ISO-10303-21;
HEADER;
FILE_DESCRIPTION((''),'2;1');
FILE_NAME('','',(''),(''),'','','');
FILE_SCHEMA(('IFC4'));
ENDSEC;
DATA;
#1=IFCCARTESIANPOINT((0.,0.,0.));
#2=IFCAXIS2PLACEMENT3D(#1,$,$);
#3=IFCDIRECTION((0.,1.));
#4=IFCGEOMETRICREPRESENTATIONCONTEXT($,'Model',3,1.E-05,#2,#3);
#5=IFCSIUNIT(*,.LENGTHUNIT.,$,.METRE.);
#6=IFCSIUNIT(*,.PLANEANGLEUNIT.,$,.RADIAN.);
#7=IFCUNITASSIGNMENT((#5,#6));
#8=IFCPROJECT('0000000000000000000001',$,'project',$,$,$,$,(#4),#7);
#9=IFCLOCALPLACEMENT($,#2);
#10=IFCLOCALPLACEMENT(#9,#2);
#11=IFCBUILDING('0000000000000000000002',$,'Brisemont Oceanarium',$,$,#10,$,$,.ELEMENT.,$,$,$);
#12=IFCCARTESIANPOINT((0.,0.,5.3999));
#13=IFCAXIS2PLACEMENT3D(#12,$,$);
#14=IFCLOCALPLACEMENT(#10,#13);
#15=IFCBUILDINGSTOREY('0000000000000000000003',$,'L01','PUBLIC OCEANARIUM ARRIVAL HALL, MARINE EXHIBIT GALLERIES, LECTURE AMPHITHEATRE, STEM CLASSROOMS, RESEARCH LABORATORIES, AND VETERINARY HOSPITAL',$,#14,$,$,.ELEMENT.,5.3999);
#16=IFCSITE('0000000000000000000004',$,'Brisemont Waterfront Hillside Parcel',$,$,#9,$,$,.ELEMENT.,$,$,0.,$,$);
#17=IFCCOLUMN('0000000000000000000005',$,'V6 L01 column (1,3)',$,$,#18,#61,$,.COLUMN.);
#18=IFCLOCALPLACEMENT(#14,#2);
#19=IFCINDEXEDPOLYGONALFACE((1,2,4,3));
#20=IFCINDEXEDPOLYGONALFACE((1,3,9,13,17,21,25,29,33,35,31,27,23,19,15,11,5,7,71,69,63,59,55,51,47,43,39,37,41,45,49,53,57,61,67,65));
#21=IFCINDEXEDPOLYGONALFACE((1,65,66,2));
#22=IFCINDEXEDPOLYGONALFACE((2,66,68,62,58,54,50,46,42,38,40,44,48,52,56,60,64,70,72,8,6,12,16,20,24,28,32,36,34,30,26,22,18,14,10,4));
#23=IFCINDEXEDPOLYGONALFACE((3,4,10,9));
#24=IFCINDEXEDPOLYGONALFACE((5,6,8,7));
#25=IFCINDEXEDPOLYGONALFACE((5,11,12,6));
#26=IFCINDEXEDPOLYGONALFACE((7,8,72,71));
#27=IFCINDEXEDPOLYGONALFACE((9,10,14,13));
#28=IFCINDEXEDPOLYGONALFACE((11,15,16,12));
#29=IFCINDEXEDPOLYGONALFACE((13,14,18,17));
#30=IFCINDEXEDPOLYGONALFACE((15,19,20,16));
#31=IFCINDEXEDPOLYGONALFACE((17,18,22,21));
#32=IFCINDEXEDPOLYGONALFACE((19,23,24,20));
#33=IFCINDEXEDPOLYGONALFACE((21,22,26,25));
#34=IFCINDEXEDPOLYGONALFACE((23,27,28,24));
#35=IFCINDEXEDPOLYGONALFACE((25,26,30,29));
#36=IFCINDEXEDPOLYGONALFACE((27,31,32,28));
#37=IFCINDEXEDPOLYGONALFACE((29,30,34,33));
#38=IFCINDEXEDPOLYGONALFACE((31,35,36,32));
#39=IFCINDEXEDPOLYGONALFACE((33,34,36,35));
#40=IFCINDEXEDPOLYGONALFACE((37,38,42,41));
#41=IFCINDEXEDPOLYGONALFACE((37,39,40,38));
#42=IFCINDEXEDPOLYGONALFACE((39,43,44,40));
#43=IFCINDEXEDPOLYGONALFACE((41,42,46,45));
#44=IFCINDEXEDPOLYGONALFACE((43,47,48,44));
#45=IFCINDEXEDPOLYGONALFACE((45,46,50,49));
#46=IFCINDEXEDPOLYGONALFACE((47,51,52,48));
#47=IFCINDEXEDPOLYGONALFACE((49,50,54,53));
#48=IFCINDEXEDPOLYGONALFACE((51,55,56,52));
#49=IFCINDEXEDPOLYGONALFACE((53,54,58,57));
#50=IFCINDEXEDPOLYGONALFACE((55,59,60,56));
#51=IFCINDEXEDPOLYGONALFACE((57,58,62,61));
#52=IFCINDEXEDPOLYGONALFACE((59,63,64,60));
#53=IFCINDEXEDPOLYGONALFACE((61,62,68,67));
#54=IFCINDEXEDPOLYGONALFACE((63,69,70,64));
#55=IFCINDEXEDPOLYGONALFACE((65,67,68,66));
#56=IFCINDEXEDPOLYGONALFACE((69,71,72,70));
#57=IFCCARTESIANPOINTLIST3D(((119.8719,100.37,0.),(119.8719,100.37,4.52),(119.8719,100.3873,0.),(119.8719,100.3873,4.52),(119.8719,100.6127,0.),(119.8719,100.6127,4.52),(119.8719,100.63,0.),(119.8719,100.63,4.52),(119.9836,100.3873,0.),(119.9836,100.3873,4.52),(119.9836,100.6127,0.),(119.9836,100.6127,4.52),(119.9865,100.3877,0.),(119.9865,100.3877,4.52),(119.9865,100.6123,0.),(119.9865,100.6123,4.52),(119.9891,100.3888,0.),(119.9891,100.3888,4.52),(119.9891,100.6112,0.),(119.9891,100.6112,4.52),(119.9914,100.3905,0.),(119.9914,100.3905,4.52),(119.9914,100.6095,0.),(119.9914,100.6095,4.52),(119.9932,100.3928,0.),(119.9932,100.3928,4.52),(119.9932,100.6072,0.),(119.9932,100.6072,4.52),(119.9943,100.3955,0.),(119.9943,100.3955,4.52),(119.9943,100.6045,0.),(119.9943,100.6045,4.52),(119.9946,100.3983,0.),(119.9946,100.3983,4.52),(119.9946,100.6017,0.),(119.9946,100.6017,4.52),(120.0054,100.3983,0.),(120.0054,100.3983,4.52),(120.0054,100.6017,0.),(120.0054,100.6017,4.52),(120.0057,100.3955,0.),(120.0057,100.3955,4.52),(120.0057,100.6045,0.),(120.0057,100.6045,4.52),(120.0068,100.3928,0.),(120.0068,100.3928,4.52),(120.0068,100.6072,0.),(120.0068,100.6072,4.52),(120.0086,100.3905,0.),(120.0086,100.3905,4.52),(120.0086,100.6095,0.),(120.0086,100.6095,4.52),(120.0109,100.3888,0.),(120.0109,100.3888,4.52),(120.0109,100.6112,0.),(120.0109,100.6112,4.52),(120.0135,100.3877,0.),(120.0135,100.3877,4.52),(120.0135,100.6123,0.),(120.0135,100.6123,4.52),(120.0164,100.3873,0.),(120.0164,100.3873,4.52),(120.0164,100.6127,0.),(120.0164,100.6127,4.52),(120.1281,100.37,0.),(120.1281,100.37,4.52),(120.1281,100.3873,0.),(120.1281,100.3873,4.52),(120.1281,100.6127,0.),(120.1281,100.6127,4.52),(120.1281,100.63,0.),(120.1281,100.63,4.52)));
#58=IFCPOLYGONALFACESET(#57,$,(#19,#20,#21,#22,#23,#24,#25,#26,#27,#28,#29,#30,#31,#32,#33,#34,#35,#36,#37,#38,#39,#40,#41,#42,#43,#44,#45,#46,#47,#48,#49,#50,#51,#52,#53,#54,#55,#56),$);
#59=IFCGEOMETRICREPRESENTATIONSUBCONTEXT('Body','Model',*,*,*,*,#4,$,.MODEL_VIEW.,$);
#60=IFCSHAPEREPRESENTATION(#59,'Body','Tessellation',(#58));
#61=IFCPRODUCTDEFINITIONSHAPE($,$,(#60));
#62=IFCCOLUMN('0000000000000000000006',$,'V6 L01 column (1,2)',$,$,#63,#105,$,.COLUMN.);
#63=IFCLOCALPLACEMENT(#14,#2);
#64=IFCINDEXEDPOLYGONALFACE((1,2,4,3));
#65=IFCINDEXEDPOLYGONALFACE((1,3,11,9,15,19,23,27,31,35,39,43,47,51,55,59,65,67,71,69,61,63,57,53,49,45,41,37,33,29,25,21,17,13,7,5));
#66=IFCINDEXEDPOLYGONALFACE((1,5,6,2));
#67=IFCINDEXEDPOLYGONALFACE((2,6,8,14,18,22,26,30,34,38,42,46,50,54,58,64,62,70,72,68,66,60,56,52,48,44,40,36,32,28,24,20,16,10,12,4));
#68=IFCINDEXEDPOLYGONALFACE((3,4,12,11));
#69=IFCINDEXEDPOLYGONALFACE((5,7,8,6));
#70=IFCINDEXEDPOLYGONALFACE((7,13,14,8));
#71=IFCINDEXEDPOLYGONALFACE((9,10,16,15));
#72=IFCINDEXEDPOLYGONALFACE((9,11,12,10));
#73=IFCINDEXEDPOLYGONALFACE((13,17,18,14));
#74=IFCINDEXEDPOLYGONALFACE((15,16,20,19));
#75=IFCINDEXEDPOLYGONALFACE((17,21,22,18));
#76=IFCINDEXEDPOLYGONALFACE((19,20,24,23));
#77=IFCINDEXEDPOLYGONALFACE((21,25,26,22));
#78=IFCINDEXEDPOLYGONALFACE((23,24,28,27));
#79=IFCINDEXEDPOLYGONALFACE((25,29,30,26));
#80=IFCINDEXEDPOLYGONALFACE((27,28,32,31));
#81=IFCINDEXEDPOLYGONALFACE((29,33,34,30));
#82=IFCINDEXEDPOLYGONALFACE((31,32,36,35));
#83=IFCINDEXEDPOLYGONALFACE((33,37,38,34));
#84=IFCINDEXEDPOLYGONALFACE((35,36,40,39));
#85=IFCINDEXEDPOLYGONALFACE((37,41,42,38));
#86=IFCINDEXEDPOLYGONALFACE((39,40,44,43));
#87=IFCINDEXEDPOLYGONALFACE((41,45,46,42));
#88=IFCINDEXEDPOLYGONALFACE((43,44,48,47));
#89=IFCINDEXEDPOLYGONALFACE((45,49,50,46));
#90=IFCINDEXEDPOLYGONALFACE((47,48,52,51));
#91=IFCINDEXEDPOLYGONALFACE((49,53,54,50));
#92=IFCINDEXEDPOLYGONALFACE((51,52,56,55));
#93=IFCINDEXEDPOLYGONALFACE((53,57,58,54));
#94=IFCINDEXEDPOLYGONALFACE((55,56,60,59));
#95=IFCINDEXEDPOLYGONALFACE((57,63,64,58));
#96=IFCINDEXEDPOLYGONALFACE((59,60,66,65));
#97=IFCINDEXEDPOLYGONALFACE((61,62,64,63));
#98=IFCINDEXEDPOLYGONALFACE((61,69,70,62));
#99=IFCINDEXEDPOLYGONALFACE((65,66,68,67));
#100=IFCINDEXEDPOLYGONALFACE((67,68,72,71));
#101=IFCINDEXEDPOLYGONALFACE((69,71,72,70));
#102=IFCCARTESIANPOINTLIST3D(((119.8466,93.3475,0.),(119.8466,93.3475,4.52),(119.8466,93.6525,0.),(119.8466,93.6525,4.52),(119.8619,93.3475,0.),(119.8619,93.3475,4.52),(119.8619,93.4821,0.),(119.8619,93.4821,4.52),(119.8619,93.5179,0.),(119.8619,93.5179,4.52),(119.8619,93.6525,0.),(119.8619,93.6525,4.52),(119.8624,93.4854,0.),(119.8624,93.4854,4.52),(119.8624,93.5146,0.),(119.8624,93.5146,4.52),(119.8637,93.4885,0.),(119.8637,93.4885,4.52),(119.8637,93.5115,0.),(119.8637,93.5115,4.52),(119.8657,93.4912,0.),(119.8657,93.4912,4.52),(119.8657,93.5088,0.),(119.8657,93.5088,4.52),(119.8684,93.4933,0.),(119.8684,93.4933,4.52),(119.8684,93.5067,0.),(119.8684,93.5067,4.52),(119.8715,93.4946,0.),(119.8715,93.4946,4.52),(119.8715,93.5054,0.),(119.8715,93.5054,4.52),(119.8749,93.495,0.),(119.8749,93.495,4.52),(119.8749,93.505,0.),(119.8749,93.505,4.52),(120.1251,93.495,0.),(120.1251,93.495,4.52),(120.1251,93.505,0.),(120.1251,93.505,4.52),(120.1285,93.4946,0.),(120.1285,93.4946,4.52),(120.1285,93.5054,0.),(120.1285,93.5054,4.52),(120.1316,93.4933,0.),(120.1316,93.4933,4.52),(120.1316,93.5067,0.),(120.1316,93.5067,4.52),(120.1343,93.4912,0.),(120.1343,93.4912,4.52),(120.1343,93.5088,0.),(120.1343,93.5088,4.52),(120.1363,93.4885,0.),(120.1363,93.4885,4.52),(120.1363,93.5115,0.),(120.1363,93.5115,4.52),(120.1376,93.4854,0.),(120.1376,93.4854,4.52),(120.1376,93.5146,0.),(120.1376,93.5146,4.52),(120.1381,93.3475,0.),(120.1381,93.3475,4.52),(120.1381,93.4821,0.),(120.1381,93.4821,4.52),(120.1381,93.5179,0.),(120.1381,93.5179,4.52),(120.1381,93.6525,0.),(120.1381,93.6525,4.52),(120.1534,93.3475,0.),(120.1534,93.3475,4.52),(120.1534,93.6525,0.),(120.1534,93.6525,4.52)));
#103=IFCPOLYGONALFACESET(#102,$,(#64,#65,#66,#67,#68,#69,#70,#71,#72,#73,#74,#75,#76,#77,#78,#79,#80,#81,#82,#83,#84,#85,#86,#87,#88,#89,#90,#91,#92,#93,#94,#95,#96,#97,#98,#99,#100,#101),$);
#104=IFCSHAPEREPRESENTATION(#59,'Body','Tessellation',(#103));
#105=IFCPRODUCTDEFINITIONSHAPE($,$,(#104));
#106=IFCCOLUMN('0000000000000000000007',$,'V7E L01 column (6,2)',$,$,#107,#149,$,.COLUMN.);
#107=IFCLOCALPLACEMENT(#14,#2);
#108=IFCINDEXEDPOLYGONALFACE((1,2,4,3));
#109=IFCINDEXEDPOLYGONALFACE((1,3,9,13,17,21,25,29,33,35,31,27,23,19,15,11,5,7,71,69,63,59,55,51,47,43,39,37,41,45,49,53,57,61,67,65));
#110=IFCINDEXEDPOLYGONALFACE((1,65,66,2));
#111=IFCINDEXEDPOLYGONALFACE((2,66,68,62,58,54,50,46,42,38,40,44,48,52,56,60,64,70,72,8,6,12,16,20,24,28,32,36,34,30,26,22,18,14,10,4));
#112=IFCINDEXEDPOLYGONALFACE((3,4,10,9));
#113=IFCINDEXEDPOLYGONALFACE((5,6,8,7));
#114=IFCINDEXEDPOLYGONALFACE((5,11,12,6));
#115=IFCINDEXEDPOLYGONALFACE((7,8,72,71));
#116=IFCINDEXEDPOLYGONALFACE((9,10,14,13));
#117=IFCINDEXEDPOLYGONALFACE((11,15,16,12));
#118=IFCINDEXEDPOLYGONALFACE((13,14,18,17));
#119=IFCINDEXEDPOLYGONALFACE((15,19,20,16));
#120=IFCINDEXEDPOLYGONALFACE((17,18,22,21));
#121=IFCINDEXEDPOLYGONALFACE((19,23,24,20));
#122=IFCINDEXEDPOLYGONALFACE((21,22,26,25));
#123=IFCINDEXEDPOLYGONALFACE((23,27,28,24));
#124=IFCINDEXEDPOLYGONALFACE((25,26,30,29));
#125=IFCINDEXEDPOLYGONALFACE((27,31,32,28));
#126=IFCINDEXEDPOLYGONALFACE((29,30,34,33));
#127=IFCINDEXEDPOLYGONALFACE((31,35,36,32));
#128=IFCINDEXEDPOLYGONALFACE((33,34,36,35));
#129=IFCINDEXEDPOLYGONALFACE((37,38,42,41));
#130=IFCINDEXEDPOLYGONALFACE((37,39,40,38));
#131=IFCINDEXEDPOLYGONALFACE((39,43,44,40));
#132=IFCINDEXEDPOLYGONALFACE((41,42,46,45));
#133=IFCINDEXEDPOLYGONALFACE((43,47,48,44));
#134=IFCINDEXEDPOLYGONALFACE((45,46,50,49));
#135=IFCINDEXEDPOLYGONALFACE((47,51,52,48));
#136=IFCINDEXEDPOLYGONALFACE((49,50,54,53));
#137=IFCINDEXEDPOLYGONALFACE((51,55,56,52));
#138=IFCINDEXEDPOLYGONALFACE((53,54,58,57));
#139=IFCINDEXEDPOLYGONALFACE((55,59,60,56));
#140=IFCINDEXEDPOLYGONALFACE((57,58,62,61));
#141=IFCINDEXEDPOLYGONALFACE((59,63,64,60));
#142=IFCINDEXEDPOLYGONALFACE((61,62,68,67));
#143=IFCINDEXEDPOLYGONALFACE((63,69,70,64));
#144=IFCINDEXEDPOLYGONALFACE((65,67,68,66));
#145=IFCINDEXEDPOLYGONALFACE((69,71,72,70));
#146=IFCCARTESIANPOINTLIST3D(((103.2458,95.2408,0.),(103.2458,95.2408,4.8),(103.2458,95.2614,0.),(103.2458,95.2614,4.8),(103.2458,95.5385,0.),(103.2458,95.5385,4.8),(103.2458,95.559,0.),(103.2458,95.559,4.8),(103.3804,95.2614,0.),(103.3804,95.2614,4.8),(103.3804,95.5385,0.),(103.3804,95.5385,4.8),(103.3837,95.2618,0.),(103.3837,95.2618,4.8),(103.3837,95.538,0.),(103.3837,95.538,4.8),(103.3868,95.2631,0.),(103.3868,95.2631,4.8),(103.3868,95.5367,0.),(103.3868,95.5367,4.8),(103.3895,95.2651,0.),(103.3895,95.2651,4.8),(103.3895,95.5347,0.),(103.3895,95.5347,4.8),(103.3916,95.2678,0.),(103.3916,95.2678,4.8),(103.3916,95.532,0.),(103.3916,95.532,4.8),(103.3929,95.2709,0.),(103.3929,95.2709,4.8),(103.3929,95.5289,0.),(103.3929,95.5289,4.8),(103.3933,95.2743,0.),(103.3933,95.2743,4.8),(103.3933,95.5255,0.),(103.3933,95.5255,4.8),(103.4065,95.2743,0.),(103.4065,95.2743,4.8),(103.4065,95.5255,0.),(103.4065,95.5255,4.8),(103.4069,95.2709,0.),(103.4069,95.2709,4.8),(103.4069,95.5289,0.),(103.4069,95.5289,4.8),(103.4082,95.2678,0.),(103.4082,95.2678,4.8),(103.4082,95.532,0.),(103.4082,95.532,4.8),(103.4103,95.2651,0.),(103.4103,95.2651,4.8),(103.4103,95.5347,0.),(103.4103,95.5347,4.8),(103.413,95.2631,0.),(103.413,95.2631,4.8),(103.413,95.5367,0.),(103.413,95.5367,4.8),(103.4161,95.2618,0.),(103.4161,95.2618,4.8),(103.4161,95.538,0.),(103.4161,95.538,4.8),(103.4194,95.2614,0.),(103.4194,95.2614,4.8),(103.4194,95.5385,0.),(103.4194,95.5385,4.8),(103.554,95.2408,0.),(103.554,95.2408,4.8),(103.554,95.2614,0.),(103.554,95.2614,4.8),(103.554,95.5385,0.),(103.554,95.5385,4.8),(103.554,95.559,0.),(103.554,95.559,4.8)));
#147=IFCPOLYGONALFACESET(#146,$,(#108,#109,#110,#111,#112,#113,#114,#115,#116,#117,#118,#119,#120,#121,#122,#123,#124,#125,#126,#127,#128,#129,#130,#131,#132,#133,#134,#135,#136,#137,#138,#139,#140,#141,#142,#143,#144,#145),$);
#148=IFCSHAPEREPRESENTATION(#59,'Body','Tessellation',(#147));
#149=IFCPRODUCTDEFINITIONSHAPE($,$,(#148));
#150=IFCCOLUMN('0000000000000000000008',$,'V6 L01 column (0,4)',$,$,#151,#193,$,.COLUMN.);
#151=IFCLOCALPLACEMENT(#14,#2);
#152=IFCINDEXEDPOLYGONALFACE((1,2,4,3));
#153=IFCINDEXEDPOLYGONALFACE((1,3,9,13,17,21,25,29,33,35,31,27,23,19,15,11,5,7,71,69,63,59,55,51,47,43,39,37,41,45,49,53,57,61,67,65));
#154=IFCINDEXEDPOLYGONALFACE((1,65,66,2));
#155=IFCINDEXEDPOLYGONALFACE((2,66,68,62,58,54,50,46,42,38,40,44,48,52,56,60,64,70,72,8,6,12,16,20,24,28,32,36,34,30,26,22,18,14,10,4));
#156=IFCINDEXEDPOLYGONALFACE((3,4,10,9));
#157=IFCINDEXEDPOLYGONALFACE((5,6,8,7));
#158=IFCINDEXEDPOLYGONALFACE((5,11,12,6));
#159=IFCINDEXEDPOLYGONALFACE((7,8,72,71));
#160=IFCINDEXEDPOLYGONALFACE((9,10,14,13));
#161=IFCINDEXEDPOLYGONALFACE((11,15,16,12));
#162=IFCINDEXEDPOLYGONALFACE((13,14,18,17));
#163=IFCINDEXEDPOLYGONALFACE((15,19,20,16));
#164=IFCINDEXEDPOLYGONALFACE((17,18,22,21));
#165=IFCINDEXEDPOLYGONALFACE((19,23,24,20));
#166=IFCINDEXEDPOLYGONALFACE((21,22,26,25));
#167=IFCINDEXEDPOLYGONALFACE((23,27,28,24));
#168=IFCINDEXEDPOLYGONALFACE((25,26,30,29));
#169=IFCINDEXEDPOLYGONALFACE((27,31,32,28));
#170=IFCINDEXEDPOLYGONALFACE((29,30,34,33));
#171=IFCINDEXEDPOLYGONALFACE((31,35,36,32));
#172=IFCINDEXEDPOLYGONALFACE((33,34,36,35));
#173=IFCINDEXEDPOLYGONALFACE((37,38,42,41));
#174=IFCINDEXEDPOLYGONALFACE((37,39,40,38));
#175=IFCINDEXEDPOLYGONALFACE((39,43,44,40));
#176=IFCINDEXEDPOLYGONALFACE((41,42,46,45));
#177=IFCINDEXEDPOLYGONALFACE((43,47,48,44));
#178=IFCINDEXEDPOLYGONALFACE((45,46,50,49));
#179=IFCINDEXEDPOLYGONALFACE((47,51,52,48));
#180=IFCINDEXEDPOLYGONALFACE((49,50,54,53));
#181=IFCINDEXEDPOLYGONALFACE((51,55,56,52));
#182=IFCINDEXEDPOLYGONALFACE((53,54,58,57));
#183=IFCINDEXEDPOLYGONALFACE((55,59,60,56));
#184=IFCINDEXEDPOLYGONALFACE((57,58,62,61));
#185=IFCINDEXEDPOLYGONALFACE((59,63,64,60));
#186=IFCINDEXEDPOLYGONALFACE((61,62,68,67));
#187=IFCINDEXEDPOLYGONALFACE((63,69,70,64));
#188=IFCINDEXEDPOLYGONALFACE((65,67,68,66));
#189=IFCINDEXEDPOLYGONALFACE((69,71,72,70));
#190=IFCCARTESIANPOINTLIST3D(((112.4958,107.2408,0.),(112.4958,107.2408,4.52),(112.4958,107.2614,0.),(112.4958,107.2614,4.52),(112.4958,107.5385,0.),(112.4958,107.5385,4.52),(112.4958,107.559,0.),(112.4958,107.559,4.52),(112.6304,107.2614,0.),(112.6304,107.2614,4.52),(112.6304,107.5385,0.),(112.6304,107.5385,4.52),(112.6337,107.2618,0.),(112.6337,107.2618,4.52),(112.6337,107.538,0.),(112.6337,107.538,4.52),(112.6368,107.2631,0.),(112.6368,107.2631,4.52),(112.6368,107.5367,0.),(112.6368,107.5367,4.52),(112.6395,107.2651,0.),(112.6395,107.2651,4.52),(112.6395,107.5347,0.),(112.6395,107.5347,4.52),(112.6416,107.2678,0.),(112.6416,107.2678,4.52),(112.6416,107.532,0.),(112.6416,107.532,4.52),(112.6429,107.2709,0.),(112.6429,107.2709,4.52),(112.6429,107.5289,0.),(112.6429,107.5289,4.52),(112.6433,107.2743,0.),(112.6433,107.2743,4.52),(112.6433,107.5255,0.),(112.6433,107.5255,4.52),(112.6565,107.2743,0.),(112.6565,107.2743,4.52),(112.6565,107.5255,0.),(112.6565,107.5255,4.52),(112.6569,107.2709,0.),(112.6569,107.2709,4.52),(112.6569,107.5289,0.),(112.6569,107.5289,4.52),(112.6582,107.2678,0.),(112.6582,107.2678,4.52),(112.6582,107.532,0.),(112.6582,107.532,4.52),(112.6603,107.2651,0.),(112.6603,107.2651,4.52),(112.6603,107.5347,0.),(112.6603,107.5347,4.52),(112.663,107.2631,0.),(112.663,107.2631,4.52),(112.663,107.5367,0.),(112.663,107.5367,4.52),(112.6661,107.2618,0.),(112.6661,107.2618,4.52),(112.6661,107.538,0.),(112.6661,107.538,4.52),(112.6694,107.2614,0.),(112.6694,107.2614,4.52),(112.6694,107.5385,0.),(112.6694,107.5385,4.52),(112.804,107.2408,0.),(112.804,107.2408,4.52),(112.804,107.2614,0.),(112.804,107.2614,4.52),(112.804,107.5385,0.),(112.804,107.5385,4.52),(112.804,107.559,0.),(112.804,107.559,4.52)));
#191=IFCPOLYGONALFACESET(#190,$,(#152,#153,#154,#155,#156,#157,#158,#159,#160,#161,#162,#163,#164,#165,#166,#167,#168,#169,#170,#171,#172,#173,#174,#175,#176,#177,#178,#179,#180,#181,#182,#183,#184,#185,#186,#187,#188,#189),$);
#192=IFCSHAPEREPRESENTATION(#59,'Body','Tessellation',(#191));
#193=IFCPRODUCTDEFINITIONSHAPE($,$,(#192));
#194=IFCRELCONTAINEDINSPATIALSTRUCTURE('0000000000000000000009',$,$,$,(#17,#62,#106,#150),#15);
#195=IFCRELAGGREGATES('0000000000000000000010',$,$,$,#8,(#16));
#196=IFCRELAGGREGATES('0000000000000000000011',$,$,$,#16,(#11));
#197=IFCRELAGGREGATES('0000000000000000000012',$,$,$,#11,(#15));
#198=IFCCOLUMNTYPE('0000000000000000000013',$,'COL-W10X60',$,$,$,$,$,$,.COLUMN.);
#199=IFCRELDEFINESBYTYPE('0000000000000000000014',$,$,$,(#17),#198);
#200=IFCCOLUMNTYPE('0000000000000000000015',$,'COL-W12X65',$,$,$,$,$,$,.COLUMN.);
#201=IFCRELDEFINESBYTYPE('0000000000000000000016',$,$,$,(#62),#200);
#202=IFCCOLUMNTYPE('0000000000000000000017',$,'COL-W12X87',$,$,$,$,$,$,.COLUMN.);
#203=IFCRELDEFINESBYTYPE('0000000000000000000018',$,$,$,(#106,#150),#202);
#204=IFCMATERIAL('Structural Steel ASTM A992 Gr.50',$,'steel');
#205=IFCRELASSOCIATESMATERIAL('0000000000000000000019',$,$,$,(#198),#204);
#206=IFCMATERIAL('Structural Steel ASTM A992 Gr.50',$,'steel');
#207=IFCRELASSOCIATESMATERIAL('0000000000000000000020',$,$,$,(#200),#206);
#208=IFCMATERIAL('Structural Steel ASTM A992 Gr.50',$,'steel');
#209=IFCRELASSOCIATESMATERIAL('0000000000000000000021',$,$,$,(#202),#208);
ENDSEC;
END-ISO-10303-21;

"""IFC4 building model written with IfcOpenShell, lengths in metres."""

from ifc_helpers import new_model, si_unit, direction, frame, origin, origin_2d, place, context, subcontext, project, spatial, i_section, extrude, material, material_profile, profile_set, type_object, element, save


model = new_model("IFC4")

# Units and contexts
model_context = context("Model", 3, precision=1e-05, world=origin(), true_north=direction((0.0, 1.0)))
body_context = subcontext(model_context, "Body", "Model", "MODEL_VIEW")
ifc_project = project(units=[si_unit("LENGTHUNIT", "METRE"), si_unit("PLANEANGLEUNIT", "RADIAN")], contexts=[model_context])

# Site, building, storey
site_placement = place(None, origin())
site = spatial("IfcSite", under=ifc_project, at=site_placement, Name="Brisemont Waterfront Hillside Parcel", CompositionType="ELEMENT", RefElevation=0.0)
building_placement = place(site_placement, origin())
building = spatial("IfcBuilding", under=site, at=building_placement, Name="Brisemont Oceanarium", CompositionType="ELEMENT")
storey_placement = place(building_placement, frame((0.0, 0.0, 5.3999)))
storey = spatial("IfcBuildingStorey", under=building, at=storey_placement, Name="L01", Description="PUBLIC OCEANARIUM ARRIVAL HALL, MARINE EXHIBIT GALLERIES, LECTURE AMPHITHEATRE, STEM CLASSROOMS, RESEARCH LABORATORIES, AND VETERINARY HOSPITAL", CompositionType="ELEMENT", Elevation=5.3999)

# Columns
ifc_material_1 = material(Name="Structural Steel ASTM A992 Gr.50", Category="steel")
ifc_material_profile_1 = material_profile(ifc_material_1, i_section(OverallWidth=0.2561, OverallDepth=0.26, WebThickness=0.0107, FlangeThickness=0.0173, FilletRadius=0.011, at=origin_2d()), Name="W10X60")
ifc_profile_set_1 = profile_set([ifc_material_profile_1], Name="Structural Steel ASTM A992 Gr.50")
column_type_1 = type_object("IfcColumnType", Name="COL-W10X60", PredefinedType="COLUMN", material=ifc_profile_set_1)
column_1_placement = place(storey_placement, frame((120.0, 100.5, 0.0), z_axis=(0.0, 0.0, 1.0), x_axis=(1.0, 0.0, 0.0)))
element("IfcColumn", 1, at=column_1_placement, inside=storey, type_object=column_type_1, Name="V6 L01 column (1,3)", PredefinedType="COLUMN", context=body_context, shape_type="SweptSolid", body=[
    extrude(i_section(OverallWidth=0.2561, OverallDepth=0.26, WebThickness=0.0107, FlangeThickness=0.0173, FilletRadius=0.011, at=origin_2d()), origin(), (0.0, 0.0, 1.0), 4.52),
])
ifc_material_2 = material(Name="Structural Steel ASTM A992 Gr.50", Category="steel")
ifc_material_profile_2 = material_profile(ifc_material_2, i_section(OverallWidth=0.3049, OverallDepth=0.3069, WebThickness=0.01, FlangeThickness=0.0154, FilletRadius=0.0129, at=origin_2d()), Name="W12X65")
ifc_profile_set_2 = profile_set([ifc_material_profile_2], Name="Structural Steel ASTM A992 Gr.50")
column_type_2 = type_object("IfcColumnType", Name="COL-W12X65", PredefinedType="COLUMN", material=ifc_profile_set_2)
column_2_placement = place(storey_placement, frame((120.0, 93.5, 0.0), z_axis=(0.0, 0.0, 1.0), x_axis=(0.0, 1.0, 0.0)))
element("IfcColumn", 2, at=column_2_placement, inside=storey, type_object=column_type_2, Name="V6 L01 column (1,2)", PredefinedType="COLUMN", context=body_context, shape_type="SweptSolid", body=[
    extrude(i_section(OverallWidth=0.3049, OverallDepth=0.3069, WebThickness=0.01, FlangeThickness=0.0154, FilletRadius=0.0129, at=origin_2d()), origin(), (0.0, 0.0, 1.0), 4.52),
])
ifc_material_3 = material(Name="Structural Steel ASTM A992 Gr.50", Category="steel")
ifc_material_profile_3 = material_profile(ifc_material_3, i_section(OverallWidth=0.3081, OverallDepth=0.3181, WebThickness=0.0132, FlangeThickness=0.0205, FilletRadius=0.0129, at=origin_2d()), Name="W12X87")
ifc_profile_set_3 = profile_set([ifc_material_profile_3], Name="Structural Steel ASTM A992 Gr.50")
column_type_3 = type_object("IfcColumnType", Name="COL-W12X87", PredefinedType="COLUMN", material=ifc_profile_set_3)
column_3_placement = place(storey_placement, frame((103.3999, 95.3999, 0.0), z_axis=(0.0, 0.0, 1.0), x_axis=(1.0, 0.0, 0.0)))
element("IfcColumn", 3, at=column_3_placement, inside=storey, type_object=column_type_3, Name="V7E L01 column (6,2)", PredefinedType="COLUMN", context=body_context, shape_type="SweptSolid", body=[
    extrude(i_section(OverallWidth=0.3081, OverallDepth=0.3181, WebThickness=0.0132, FlangeThickness=0.0205, FilletRadius=0.0129, at=origin_2d()), origin(), (0.0, 0.0, 1.0), 4.8),
])
column_4_placement = place(storey_placement, frame((112.6499, 107.3999, 0.0), z_axis=(0.0, 0.0, 1.0), x_axis=(1.0, 0.0, 0.0)))
element("IfcColumn", 4, at=column_4_placement, inside=storey, type_object=column_type_3, Name="V6 L01 column (0,4)", PredefinedType="COLUMN", context=body_context, shape_type="SweptSolid", body=[
    extrude(i_section(OverallWidth=0.3081, OverallDepth=0.3181, WebThickness=0.0132, FlangeThickness=0.0205, FilletRadius=0.0129, at=origin_2d()), origin(), (0.0, 0.0, 1.0), 4.52),
])

save(model, "model.ifc")
